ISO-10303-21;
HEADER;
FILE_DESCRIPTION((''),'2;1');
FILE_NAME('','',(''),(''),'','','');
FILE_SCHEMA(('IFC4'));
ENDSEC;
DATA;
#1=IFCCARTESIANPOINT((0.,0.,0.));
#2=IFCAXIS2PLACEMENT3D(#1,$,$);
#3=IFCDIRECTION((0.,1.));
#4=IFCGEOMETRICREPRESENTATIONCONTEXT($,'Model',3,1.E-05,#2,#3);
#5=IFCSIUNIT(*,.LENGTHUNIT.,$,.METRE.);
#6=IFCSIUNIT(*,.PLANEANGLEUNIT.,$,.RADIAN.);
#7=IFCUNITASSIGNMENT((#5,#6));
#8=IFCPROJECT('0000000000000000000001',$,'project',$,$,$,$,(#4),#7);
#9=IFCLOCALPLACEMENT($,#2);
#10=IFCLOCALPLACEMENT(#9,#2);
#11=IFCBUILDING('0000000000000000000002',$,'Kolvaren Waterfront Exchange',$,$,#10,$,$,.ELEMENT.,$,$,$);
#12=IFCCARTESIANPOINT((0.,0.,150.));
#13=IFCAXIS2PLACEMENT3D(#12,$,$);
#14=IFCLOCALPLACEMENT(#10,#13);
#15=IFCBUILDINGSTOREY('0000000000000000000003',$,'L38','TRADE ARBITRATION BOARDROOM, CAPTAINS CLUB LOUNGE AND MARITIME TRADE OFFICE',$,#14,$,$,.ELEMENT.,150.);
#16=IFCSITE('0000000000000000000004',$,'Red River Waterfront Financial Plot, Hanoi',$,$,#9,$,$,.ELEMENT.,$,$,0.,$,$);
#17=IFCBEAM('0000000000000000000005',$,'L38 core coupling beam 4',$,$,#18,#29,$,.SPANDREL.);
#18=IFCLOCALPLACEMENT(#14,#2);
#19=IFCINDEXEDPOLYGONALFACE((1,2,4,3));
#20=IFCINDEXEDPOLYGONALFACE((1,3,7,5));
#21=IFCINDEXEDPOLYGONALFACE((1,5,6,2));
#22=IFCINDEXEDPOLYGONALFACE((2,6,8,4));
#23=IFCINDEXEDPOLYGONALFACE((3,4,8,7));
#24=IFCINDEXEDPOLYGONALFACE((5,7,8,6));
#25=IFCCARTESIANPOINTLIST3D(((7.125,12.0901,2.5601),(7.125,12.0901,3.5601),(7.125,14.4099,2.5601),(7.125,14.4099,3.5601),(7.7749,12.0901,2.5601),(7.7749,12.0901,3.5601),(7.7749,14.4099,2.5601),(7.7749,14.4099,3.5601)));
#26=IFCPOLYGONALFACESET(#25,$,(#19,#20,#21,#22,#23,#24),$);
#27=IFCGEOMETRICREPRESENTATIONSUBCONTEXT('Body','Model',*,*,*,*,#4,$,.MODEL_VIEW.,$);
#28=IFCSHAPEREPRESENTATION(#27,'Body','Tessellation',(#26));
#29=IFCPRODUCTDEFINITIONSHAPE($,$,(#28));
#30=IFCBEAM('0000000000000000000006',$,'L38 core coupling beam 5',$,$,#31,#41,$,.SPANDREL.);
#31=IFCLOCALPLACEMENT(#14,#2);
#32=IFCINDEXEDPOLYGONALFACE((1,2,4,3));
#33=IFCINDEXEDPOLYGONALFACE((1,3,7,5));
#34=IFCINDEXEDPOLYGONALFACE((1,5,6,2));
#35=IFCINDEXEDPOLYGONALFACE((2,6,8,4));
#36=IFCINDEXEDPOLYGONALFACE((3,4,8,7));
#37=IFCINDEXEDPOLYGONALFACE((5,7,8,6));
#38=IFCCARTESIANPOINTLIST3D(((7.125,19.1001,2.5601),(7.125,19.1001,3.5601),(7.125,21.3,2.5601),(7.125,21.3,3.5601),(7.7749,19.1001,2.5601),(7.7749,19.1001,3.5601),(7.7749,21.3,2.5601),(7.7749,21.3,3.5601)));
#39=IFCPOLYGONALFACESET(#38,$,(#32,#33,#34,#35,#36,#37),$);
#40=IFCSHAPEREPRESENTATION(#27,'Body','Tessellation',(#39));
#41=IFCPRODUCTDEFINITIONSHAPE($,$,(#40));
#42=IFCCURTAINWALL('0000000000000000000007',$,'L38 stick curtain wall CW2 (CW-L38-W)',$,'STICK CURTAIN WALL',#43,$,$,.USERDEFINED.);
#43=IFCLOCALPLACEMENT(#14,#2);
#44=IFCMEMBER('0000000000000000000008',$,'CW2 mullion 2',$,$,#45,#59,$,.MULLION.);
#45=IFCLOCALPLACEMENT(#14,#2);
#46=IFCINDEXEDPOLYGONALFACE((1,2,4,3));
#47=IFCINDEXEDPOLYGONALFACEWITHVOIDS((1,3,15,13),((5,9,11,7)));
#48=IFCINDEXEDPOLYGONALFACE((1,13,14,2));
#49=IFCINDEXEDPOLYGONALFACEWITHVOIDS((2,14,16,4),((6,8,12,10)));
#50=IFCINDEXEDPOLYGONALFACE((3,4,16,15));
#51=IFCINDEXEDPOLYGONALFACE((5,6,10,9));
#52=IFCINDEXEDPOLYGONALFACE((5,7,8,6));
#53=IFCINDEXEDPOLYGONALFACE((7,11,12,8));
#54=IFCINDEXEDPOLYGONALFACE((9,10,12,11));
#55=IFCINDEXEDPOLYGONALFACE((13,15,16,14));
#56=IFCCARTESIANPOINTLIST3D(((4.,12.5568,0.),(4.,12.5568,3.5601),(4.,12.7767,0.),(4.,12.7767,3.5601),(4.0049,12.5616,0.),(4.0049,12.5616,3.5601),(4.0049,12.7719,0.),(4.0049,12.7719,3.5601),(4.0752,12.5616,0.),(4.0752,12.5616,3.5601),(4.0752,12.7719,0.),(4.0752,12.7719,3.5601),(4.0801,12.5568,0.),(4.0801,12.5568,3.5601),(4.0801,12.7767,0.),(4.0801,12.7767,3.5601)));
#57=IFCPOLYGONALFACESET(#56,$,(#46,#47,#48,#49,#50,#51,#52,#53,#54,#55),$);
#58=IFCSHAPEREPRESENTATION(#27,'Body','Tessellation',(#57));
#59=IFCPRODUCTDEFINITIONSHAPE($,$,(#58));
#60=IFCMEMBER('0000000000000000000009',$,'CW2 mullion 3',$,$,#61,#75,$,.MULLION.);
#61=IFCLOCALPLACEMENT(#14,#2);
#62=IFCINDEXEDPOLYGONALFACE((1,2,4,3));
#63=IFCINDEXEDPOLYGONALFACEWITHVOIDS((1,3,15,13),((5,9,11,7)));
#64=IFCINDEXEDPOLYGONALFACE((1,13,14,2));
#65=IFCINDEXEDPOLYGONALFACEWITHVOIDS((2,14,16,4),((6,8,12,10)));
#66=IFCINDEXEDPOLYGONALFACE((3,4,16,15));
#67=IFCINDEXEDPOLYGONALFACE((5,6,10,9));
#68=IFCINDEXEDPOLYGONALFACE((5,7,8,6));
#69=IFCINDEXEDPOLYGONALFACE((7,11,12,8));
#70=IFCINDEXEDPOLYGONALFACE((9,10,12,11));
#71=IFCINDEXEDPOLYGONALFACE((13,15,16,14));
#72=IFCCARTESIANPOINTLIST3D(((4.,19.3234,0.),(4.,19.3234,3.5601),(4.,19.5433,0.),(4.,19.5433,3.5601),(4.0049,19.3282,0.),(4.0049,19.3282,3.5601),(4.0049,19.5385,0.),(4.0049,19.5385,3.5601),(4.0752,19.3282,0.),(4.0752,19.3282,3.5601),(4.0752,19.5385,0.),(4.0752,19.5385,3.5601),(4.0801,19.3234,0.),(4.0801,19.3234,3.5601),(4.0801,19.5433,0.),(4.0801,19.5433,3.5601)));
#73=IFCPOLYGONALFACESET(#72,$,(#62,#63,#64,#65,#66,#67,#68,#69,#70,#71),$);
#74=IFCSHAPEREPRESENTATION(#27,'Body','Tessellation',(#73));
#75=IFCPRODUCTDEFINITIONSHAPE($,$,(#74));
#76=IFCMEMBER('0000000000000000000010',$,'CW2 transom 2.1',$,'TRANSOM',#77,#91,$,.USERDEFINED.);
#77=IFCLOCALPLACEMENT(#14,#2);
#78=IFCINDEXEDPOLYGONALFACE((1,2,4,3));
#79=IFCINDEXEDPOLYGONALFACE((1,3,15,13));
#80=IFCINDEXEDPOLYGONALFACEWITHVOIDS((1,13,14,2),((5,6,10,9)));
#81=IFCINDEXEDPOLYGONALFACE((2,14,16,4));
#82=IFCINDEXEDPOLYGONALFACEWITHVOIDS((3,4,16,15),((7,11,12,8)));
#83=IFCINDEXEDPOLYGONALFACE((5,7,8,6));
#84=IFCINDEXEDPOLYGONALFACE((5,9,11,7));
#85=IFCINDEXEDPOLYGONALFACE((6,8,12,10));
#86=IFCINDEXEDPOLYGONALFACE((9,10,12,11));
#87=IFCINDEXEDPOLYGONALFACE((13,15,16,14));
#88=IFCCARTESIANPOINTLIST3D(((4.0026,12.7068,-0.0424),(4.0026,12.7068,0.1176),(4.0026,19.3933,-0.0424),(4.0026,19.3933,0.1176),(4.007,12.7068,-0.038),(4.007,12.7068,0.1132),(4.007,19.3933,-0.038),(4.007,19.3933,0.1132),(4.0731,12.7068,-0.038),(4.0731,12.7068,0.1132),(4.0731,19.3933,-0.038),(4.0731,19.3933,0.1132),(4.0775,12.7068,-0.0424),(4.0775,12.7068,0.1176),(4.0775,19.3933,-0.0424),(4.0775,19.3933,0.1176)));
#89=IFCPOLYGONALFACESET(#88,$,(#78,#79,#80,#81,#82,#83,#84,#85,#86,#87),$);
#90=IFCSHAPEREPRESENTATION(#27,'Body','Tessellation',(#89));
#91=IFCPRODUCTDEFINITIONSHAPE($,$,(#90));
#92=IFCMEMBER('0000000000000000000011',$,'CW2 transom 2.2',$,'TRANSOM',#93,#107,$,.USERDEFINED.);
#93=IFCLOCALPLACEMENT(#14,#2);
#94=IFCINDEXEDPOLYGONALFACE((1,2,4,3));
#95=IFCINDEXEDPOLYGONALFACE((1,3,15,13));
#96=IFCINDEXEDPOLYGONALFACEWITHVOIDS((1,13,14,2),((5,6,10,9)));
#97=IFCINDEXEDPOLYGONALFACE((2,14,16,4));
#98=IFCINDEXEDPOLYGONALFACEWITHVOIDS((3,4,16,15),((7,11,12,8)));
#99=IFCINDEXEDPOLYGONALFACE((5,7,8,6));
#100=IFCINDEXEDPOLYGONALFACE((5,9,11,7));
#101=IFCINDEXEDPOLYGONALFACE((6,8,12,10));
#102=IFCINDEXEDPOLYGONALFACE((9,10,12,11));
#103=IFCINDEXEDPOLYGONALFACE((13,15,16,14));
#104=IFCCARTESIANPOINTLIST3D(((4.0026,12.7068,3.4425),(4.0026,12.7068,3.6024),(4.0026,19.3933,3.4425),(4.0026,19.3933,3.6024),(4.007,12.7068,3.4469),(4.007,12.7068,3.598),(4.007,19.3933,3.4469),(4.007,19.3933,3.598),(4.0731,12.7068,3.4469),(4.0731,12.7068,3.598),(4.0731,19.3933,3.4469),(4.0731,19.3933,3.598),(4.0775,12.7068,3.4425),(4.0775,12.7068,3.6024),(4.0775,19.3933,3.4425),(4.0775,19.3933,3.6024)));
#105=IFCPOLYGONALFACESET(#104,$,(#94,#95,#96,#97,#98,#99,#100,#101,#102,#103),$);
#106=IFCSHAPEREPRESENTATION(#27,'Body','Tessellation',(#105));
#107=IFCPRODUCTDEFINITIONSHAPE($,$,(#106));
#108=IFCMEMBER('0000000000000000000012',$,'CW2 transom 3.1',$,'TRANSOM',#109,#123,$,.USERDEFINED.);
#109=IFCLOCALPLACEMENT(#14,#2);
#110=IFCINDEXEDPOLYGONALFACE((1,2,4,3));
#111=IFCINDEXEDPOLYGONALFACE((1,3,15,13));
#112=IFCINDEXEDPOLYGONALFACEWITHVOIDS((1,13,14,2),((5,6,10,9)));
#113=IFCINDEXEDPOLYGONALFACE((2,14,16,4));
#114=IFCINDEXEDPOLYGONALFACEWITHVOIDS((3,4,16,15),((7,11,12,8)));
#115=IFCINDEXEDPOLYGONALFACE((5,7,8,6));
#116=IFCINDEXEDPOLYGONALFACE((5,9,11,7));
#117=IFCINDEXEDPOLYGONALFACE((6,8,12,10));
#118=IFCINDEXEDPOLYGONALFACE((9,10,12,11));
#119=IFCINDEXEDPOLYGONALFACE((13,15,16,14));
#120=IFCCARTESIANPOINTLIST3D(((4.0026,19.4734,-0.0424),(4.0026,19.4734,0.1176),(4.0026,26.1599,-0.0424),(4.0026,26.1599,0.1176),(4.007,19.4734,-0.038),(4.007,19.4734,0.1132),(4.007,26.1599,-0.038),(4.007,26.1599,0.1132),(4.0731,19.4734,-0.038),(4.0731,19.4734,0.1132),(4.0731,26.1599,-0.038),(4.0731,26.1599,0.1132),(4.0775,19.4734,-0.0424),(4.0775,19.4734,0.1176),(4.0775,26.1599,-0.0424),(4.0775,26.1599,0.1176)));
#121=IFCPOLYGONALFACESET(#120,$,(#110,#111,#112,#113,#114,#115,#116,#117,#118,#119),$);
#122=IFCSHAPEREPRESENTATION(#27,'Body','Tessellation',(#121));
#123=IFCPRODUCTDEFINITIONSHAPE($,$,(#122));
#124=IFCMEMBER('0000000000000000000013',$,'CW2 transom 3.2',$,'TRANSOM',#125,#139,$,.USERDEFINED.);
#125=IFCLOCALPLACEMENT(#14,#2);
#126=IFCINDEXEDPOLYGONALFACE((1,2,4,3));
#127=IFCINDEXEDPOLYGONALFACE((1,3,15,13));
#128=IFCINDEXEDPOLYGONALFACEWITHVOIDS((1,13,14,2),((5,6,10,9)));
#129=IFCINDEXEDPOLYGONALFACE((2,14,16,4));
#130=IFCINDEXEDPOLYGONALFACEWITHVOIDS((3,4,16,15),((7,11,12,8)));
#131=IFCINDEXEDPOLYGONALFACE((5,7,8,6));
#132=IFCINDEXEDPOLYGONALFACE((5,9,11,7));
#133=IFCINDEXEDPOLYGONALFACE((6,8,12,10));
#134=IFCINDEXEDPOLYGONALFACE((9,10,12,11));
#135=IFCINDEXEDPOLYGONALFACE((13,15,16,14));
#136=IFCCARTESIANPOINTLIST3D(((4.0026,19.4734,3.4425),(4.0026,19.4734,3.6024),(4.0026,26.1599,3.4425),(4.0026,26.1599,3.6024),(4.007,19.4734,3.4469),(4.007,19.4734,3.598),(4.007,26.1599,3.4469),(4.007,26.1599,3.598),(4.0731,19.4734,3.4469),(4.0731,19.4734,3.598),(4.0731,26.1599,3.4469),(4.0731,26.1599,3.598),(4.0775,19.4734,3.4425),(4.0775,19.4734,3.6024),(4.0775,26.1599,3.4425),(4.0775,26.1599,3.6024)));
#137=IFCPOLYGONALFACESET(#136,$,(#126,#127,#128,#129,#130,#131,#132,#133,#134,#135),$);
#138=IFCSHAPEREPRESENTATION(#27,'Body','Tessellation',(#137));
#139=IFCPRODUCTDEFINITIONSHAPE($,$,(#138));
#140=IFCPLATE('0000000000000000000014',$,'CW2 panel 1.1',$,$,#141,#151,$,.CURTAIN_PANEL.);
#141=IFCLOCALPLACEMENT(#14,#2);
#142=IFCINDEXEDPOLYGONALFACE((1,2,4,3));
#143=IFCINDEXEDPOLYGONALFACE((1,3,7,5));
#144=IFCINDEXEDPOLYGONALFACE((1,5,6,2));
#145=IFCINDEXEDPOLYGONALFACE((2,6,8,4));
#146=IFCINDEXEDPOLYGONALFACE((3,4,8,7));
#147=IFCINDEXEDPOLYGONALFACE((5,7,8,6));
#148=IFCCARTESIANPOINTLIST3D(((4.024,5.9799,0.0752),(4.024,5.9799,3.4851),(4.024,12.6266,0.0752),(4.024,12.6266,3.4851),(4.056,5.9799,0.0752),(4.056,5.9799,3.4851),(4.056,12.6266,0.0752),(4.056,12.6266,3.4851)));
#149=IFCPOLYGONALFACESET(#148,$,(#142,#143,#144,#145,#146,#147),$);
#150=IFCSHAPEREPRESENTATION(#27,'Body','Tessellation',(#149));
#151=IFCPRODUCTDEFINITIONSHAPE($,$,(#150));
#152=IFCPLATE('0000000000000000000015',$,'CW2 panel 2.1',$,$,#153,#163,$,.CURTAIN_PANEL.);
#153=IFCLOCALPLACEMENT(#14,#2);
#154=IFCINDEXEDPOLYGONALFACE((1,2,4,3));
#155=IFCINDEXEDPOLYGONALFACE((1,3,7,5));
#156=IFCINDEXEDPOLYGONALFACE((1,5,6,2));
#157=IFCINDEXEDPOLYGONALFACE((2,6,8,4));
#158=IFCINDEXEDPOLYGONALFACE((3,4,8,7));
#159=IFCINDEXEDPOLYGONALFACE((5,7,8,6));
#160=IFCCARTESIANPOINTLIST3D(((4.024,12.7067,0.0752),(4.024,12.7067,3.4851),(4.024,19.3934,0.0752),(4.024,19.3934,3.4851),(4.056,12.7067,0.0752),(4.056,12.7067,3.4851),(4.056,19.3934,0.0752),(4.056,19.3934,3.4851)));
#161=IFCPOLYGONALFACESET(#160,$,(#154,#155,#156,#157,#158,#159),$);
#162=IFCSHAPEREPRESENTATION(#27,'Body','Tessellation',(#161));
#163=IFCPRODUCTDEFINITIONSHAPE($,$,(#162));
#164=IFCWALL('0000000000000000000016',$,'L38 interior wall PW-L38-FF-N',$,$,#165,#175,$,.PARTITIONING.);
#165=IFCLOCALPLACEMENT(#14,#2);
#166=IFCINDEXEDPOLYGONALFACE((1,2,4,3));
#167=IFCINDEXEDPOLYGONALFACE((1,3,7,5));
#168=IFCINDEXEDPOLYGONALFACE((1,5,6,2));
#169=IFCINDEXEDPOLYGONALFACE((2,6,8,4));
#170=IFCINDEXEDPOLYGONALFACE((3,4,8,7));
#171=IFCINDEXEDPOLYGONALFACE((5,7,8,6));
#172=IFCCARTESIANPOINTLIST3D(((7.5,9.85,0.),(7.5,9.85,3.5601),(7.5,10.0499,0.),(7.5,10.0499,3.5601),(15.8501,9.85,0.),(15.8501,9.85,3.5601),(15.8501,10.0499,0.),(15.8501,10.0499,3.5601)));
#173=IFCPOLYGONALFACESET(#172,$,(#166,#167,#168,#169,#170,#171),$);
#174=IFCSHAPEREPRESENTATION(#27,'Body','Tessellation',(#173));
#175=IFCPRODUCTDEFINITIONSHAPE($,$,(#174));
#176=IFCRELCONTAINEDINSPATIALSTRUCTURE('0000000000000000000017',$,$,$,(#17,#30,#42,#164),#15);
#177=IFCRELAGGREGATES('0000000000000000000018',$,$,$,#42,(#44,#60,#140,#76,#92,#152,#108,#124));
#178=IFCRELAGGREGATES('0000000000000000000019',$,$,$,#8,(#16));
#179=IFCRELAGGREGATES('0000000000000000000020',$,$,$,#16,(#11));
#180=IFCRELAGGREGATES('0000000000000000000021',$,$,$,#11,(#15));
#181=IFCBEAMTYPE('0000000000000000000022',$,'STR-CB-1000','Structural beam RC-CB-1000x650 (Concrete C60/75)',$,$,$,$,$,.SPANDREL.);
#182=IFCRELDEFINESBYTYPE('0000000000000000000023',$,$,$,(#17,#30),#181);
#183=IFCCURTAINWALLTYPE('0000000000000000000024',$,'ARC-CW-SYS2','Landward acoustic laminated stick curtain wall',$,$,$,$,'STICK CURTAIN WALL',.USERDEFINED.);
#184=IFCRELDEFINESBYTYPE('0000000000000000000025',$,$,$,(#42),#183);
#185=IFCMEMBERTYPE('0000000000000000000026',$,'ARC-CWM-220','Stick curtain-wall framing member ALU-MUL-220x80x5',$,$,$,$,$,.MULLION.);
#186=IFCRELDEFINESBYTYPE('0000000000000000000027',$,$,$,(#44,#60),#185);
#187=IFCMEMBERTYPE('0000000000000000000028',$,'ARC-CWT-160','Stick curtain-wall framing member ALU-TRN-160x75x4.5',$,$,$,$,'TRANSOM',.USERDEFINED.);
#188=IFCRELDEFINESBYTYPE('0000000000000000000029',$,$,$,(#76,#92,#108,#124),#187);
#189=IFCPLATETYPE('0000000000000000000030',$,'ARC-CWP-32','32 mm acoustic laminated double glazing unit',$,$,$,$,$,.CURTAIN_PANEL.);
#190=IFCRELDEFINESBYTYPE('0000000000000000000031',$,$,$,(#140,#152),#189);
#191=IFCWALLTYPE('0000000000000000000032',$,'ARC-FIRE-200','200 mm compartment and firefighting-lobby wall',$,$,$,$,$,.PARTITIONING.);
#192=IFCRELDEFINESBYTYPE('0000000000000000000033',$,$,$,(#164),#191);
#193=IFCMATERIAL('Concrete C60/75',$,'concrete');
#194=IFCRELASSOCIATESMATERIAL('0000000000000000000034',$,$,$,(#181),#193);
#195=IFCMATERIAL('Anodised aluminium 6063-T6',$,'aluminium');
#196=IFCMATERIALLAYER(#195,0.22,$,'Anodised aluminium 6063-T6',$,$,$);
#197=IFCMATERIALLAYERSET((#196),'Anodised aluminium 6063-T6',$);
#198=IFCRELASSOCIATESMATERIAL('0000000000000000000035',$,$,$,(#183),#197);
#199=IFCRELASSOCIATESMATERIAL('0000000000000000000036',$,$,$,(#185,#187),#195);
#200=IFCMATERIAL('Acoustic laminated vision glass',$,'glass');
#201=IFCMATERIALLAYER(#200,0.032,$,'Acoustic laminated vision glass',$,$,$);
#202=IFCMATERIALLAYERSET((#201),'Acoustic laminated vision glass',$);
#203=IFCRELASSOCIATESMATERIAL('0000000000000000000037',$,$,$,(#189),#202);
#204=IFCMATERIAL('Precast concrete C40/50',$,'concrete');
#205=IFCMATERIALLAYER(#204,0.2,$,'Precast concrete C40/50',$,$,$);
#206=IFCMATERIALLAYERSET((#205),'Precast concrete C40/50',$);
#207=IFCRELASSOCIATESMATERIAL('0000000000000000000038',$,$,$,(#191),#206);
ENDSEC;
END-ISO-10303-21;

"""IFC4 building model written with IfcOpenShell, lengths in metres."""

from ifc_helpers import new_model, si_unit, direction, frame, frame_2d, origin, origin_with_axes, origin_2d, place, context, subcontext, project, spatial, rectangle, hollow_rectangle, extrude, source, transform, mapped, material, layer, layer_set, material_profile, profile_set, type_object, element, aggregate, save


model = new_model("IFC4")

# Units and contexts
model_context = context("Model", 3, precision=1e-05, world=origin(), true_north=direction((0.0, 1.0)))
body_context = subcontext(model_context, "Body", "Model", "MODEL_VIEW")
ifc_project = project(units=[si_unit("LENGTHUNIT", "METRE"), si_unit("PLANEANGLEUNIT", "RADIAN")], contexts=[model_context])

# Site, building, storey
site_placement = place(None, origin())
site = spatial("IfcSite", under=ifc_project, at=site_placement, Name="Red River Waterfront Financial Plot, Hanoi", CompositionType="ELEMENT", RefElevation=0.0)
building_placement = place(site_placement, origin())
building = spatial("IfcBuilding", under=site, at=building_placement, Name="Kolvaren Waterfront Exchange", CompositionType="ELEMENT")
storey_placement = place(building_placement, frame((0.0, 0.0, 150.0)))
storey = spatial("IfcBuildingStorey", under=building, at=storey_placement, Name="L38", Description="TRADE ARBITRATION BOARDROOM, CAPTAINS CLUB LOUNGE AND MARITIME TRADE OFFICE", CompositionType="ELEMENT", Elevation=150.0)

# Beams
ifc_material_1 = material(Name="Concrete C60/75", Category="concrete")
ifc_material_profile_1 = material_profile(ifc_material_1, rectangle(XDim=0.6499, YDim=1.0, at=origin_2d()), Name="RC-CB-1000x650")
ifc_profile_set_1 = profile_set([ifc_material_profile_1], Name="Concrete C60/75")
beam_type = type_object("IfcBeamType", Name="STR-CB-1000", Description="Structural beam RC-CB-1000x650 (Concrete C60/75)", PredefinedType="SPANDREL", material=ifc_profile_set_1)
beam_1_placement = place(storey_placement, frame((7.45, 12.0901, 3.0601), z_axis=(0.0, 1.0, 0.0), x_axis=(-1.0, 0.0, 0.0)))
element("IfcBeam", 1, at=beam_1_placement, inside=storey, type_object=beam_type, Name="L38 core coupling beam 4", PredefinedType="SPANDREL", context=body_context, shape_type="SweptSolid", body=[
    extrude(rectangle(XDim=0.6499, YDim=1.0, at=origin_2d()), origin(), (0.0, 0.0, 1.0), 2.3198),
])
beam_2_placement = place(storey_placement, frame((7.45, 19.1001, 3.0601), z_axis=(0.0, 1.0, 0.0), x_axis=(-1.0, 0.0, 0.0)))
element("IfcBeam", 2, at=beam_2_placement, inside=storey, type_object=beam_type, Name="L38 core coupling beam 5", PredefinedType="SPANDREL", context=body_context, shape_type="SweptSolid", body=[
    extrude(rectangle(XDim=0.6499, YDim=1.0, at=origin_2d()), origin(), (0.0, 0.0, 1.0), 2.2),
])

# Curtain wall, members, plates
ifc_material_2 = material(Name="Anodised aluminium 6063-T6", Category="aluminium")
ifc_layer_1 = layer(ifc_material_2, 0.22, Name="Anodised aluminium 6063-T6")
ifc_layer_set_1 = layer_set([ifc_layer_1], Name="Anodised aluminium 6063-T6")
curtain_wall_type = type_object("IfcCurtainWallType", Name="ARC-CW-SYS2", Description="Landward acoustic laminated stick curtain wall", ElementType="STICK CURTAIN WALL", PredefinedType="USERDEFINED", material=ifc_layer_set_1)
curtain_wall_placement = place(storey_placement, origin())
curtain_wall = element("IfcCurtainWall", 3, at=curtain_wall_placement, inside=storey, type_object=curtain_wall_type, Name="L38 stick curtain wall CW2 (CW-L38-W)", ObjectType="STICK CURTAIN WALL", PredefinedType="USERDEFINED")
ifc_material_profile_2 = material_profile(ifc_material_2, hollow_rectangle(XDim=0.0801, YDim=0.22, WallThickness=0.0049, at=origin_2d()), Name="ALU-MUL-220x80x5")
ifc_profile_set_2 = profile_set([ifc_material_profile_2], Name="Anodised aluminium 6063-T6")
member_type_1 = type_object("IfcMemberType", Name="ARC-CWM-220", Description="Stick curtain-wall framing member ALU-MUL-220x80x5", PredefinedType="MULLION", material=ifc_profile_set_2)
shared_shape_1 = source(origin_with_axes(), body_context, "Body", "SweptSolid", [
    extrude(hollow_rectangle(XDim=0.0801, YDim=0.22, WallThickness=0.0049, at=origin_2d()), origin(), (0.0, 0.0, 1.0), 3.5601),
])
member_1_placement = place(storey_placement, frame((4.04, 12.6667, 0.0), z_axis=(0.0, 0.0, 1.0), x_axis=(-1.0, 0.0, 0.0)))
member_1 = element("IfcMember", 4, at=member_1_placement, type_object=member_type_1, Name="CW2 mullion 2", PredefinedType="MULLION", context=body_context, shape_type="MappedRepresentation", body=[
    mapped(shared_shape_1, transform((0.0, 0.0, 0.0), x_axis=(1.0, 0.0, 0.0), y_axis=(0.0, 1.0, 0.0), z_axis=(0.0, 0.0, 1.0), scale=1.0)),
])
member_2_placement = place(storey_placement, frame((4.04, 19.4333, 0.0), z_axis=(0.0, 0.0, 1.0), x_axis=(-1.0, 0.0, 0.0)))
member_2 = element("IfcMember", 5, at=member_2_placement, type_object=member_type_1, Name="CW2 mullion 3", PredefinedType="MULLION", context=body_context, shape_type="MappedRepresentation", body=[
    mapped(shared_shape_1, transform((0.0, 0.0, 0.0), x_axis=(1.0, 0.0, 0.0), y_axis=(0.0, 1.0, 0.0), z_axis=(0.0, 0.0, 1.0), scale=1.0)),
])
ifc_material_profile_3 = material_profile(ifc_material_2, hollow_rectangle(XDim=0.075, YDim=0.1599, WallThickness=0.0044, at=origin_2d()), Name="ALU-TRN-160x75x4.5")
ifc_profile_set_3 = profile_set([ifc_material_profile_3], Name="Anodised aluminium 6063-T6")
member_type_2 = type_object("IfcMemberType", Name="ARC-CWT-160", Description="Stick curtain-wall framing member ALU-TRN-160x75x4.5", ElementType="TRANSOM", PredefinedType="USERDEFINED", material=ifc_profile_set_3)
shared_shape_2 = source(origin_with_axes(), body_context, "Body", "SweptSolid", [
    extrude(hollow_rectangle(XDim=0.075, YDim=0.1599, WallThickness=0.0044, at=origin_2d()), origin(), (0.0, 0.0, 1.0), 6.6865),
])
member_3_placement = place(storey_placement, frame((4.04, 12.7068, 0.0376), z_axis=(0.0, 1.0, 0.0), x_axis=(-1.0, 0.0, 0.0)))
member_3 = element("IfcMember", 6, at=member_3_placement, type_object=member_type_2, Name="CW2 transom 2.1", ObjectType="TRANSOM", PredefinedType="USERDEFINED", context=body_context, shape_type="MappedRepresentation", body=[
    mapped(shared_shape_2, transform((0.0, 0.0, 0.0), x_axis=(1.0, 0.0, 0.0), y_axis=(0.0, 1.0, 0.0), z_axis=(0.0, 0.0, 1.0), scale=1.0)),
])
member_4_placement = place(storey_placement, frame((4.04, 12.7068, 3.5225), z_axis=(0.0, 1.0, 0.0), x_axis=(-1.0, 0.0, 0.0)))
member_4 = element("IfcMember", 7, at=member_4_placement, type_object=member_type_2, Name="CW2 transom 2.2", ObjectType="TRANSOM", PredefinedType="USERDEFINED", context=body_context, shape_type="MappedRepresentation", body=[
    mapped(shared_shape_2, transform((0.0, 0.0, 0.0), x_axis=(1.0, 0.0, 0.0), y_axis=(0.0, 1.0, 0.0), z_axis=(0.0, 0.0, 1.0), scale=1.0)),
])
member_5_placement = place(storey_placement, frame((4.04, 19.4734, 0.0376), z_axis=(0.0, 1.0, 0.0), x_axis=(-1.0, 0.0, 0.0)))
member_5 = element("IfcMember", 8, at=member_5_placement, type_object=member_type_2, Name="CW2 transom 3.1", ObjectType="TRANSOM", PredefinedType="USERDEFINED", context=body_context, shape_type="MappedRepresentation", body=[
    mapped(shared_shape_2, transform((0.0, 0.0, 0.0), x_axis=(1.0, 0.0, 0.0), y_axis=(0.0, 1.0, 0.0), z_axis=(0.0, 0.0, 1.0), scale=1.0)),
])
member_6_placement = place(storey_placement, frame((4.04, 19.4734, 3.5225), z_axis=(0.0, 1.0, 0.0), x_axis=(-1.0, 0.0, 0.0)))
member_6 = element("IfcMember", 9, at=member_6_placement, type_object=member_type_2, Name="CW2 transom 3.2", ObjectType="TRANSOM", PredefinedType="USERDEFINED", context=body_context, shape_type="MappedRepresentation", body=[
    mapped(shared_shape_2, transform((0.0, 0.0, 0.0), x_axis=(1.0, 0.0, 0.0), y_axis=(0.0, 1.0, 0.0), z_axis=(0.0, 0.0, 1.0), scale=1.0)),
])
ifc_material_3 = material(Name="Acoustic laminated vision glass", Category="glass")
ifc_layer_2 = layer(ifc_material_3, 0.032, Name="Acoustic laminated vision glass")
ifc_layer_set_2 = layer_set([ifc_layer_2], Name="Acoustic laminated vision glass")
plate_type = type_object("IfcPlateType", Name="ARC-CWP-32", Description="32 mm acoustic laminated double glazing unit", PredefinedType="CURTAIN_PANEL", material=ifc_layer_set_2)
shared_shape_3 = source(origin_with_axes(), body_context, "Body", "SweptSolid", [
    extrude(rectangle(XDim=6.6467, YDim=0.032, at=origin_2d()), origin(), (0.0, 0.0, 1.0), 3.4099),
])
plate_1_placement = place(storey_placement, frame((4.04, 9.3032, 0.0752), z_axis=(0.0, 0.0, 1.0), x_axis=(0.0, 1.0, 0.0)))
plate_1 = element("IfcPlate", 10, at=plate_1_placement, type_object=plate_type, Name="CW2 panel 1.1", PredefinedType="CURTAIN_PANEL", context=body_context, shape_type="MappedRepresentation", body=[
    mapped(shared_shape_3, transform((0.0, 0.0, 0.0), x_axis=(1.0, 0.0, 0.0), y_axis=(0.0, 1.0, 0.0), z_axis=(0.0, 0.0, 1.0), scale=1.0)),
])
shared_shape_4 = source(origin_with_axes(), body_context, "Body", "SweptSolid", [
    extrude(rectangle(XDim=6.6868, YDim=0.032, at=origin_2d()), origin(), (0.0, 0.0, 1.0), 3.4099),
])
plate_2_placement = place(storey_placement, frame((4.04, 16.05, 0.0752), z_axis=(0.0, 0.0, 1.0), x_axis=(0.0, 1.0, 0.0)))
plate_2 = element("IfcPlate", 11, at=plate_2_placement, type_object=plate_type, Name="CW2 panel 2.1", PredefinedType="CURTAIN_PANEL", context=body_context, shape_type="MappedRepresentation", body=[
    mapped(shared_shape_4, transform((0.0, 0.0, 0.0), x_axis=(1.0, 0.0, 0.0), y_axis=(0.0, 1.0, 0.0), z_axis=(0.0, 0.0, 1.0), scale=1.0)),
])
aggregate(curtain_wall, [member_1, member_2, plate_1, member_3, member_4, plate_2, member_5, member_6])

# Wall
ifc_material_4 = material(Name="Precast concrete C40/50", Category="concrete")
ifc_layer_3 = layer(ifc_material_4, 0.2, Name="Precast concrete C40/50")
ifc_layer_set_3 = layer_set([ifc_layer_3], Name="Precast concrete C40/50")
wall_type_1 = type_object("IfcWallType", Name="ARC-FIRE-200", Description="200 mm compartment and firefighting-lobby wall", PredefinedType="PARTITIONING", material=ifc_layer_set_3)
wall_1_placement = place(storey_placement, frame((7.5, 9.95, 0.0), z_axis=(0.0, 0.0, 1.0), x_axis=(1.0, 0.0, 0.0)))
element("IfcWall", 12, at=wall_1_placement, inside=storey, type_object=wall_type_1, Name="L38 interior wall PW-L38-FF-N", PredefinedType="PARTITIONING", context=body_context, shape_type="SweptSolid", body=[
    extrude(rectangle(XDim=8.3501, YDim=0.2, at=frame_2d((4.175, 0.0))), origin(), (0.0, 0.0, 1.0), 3.5601),
])

save(model, "model.ifc")
